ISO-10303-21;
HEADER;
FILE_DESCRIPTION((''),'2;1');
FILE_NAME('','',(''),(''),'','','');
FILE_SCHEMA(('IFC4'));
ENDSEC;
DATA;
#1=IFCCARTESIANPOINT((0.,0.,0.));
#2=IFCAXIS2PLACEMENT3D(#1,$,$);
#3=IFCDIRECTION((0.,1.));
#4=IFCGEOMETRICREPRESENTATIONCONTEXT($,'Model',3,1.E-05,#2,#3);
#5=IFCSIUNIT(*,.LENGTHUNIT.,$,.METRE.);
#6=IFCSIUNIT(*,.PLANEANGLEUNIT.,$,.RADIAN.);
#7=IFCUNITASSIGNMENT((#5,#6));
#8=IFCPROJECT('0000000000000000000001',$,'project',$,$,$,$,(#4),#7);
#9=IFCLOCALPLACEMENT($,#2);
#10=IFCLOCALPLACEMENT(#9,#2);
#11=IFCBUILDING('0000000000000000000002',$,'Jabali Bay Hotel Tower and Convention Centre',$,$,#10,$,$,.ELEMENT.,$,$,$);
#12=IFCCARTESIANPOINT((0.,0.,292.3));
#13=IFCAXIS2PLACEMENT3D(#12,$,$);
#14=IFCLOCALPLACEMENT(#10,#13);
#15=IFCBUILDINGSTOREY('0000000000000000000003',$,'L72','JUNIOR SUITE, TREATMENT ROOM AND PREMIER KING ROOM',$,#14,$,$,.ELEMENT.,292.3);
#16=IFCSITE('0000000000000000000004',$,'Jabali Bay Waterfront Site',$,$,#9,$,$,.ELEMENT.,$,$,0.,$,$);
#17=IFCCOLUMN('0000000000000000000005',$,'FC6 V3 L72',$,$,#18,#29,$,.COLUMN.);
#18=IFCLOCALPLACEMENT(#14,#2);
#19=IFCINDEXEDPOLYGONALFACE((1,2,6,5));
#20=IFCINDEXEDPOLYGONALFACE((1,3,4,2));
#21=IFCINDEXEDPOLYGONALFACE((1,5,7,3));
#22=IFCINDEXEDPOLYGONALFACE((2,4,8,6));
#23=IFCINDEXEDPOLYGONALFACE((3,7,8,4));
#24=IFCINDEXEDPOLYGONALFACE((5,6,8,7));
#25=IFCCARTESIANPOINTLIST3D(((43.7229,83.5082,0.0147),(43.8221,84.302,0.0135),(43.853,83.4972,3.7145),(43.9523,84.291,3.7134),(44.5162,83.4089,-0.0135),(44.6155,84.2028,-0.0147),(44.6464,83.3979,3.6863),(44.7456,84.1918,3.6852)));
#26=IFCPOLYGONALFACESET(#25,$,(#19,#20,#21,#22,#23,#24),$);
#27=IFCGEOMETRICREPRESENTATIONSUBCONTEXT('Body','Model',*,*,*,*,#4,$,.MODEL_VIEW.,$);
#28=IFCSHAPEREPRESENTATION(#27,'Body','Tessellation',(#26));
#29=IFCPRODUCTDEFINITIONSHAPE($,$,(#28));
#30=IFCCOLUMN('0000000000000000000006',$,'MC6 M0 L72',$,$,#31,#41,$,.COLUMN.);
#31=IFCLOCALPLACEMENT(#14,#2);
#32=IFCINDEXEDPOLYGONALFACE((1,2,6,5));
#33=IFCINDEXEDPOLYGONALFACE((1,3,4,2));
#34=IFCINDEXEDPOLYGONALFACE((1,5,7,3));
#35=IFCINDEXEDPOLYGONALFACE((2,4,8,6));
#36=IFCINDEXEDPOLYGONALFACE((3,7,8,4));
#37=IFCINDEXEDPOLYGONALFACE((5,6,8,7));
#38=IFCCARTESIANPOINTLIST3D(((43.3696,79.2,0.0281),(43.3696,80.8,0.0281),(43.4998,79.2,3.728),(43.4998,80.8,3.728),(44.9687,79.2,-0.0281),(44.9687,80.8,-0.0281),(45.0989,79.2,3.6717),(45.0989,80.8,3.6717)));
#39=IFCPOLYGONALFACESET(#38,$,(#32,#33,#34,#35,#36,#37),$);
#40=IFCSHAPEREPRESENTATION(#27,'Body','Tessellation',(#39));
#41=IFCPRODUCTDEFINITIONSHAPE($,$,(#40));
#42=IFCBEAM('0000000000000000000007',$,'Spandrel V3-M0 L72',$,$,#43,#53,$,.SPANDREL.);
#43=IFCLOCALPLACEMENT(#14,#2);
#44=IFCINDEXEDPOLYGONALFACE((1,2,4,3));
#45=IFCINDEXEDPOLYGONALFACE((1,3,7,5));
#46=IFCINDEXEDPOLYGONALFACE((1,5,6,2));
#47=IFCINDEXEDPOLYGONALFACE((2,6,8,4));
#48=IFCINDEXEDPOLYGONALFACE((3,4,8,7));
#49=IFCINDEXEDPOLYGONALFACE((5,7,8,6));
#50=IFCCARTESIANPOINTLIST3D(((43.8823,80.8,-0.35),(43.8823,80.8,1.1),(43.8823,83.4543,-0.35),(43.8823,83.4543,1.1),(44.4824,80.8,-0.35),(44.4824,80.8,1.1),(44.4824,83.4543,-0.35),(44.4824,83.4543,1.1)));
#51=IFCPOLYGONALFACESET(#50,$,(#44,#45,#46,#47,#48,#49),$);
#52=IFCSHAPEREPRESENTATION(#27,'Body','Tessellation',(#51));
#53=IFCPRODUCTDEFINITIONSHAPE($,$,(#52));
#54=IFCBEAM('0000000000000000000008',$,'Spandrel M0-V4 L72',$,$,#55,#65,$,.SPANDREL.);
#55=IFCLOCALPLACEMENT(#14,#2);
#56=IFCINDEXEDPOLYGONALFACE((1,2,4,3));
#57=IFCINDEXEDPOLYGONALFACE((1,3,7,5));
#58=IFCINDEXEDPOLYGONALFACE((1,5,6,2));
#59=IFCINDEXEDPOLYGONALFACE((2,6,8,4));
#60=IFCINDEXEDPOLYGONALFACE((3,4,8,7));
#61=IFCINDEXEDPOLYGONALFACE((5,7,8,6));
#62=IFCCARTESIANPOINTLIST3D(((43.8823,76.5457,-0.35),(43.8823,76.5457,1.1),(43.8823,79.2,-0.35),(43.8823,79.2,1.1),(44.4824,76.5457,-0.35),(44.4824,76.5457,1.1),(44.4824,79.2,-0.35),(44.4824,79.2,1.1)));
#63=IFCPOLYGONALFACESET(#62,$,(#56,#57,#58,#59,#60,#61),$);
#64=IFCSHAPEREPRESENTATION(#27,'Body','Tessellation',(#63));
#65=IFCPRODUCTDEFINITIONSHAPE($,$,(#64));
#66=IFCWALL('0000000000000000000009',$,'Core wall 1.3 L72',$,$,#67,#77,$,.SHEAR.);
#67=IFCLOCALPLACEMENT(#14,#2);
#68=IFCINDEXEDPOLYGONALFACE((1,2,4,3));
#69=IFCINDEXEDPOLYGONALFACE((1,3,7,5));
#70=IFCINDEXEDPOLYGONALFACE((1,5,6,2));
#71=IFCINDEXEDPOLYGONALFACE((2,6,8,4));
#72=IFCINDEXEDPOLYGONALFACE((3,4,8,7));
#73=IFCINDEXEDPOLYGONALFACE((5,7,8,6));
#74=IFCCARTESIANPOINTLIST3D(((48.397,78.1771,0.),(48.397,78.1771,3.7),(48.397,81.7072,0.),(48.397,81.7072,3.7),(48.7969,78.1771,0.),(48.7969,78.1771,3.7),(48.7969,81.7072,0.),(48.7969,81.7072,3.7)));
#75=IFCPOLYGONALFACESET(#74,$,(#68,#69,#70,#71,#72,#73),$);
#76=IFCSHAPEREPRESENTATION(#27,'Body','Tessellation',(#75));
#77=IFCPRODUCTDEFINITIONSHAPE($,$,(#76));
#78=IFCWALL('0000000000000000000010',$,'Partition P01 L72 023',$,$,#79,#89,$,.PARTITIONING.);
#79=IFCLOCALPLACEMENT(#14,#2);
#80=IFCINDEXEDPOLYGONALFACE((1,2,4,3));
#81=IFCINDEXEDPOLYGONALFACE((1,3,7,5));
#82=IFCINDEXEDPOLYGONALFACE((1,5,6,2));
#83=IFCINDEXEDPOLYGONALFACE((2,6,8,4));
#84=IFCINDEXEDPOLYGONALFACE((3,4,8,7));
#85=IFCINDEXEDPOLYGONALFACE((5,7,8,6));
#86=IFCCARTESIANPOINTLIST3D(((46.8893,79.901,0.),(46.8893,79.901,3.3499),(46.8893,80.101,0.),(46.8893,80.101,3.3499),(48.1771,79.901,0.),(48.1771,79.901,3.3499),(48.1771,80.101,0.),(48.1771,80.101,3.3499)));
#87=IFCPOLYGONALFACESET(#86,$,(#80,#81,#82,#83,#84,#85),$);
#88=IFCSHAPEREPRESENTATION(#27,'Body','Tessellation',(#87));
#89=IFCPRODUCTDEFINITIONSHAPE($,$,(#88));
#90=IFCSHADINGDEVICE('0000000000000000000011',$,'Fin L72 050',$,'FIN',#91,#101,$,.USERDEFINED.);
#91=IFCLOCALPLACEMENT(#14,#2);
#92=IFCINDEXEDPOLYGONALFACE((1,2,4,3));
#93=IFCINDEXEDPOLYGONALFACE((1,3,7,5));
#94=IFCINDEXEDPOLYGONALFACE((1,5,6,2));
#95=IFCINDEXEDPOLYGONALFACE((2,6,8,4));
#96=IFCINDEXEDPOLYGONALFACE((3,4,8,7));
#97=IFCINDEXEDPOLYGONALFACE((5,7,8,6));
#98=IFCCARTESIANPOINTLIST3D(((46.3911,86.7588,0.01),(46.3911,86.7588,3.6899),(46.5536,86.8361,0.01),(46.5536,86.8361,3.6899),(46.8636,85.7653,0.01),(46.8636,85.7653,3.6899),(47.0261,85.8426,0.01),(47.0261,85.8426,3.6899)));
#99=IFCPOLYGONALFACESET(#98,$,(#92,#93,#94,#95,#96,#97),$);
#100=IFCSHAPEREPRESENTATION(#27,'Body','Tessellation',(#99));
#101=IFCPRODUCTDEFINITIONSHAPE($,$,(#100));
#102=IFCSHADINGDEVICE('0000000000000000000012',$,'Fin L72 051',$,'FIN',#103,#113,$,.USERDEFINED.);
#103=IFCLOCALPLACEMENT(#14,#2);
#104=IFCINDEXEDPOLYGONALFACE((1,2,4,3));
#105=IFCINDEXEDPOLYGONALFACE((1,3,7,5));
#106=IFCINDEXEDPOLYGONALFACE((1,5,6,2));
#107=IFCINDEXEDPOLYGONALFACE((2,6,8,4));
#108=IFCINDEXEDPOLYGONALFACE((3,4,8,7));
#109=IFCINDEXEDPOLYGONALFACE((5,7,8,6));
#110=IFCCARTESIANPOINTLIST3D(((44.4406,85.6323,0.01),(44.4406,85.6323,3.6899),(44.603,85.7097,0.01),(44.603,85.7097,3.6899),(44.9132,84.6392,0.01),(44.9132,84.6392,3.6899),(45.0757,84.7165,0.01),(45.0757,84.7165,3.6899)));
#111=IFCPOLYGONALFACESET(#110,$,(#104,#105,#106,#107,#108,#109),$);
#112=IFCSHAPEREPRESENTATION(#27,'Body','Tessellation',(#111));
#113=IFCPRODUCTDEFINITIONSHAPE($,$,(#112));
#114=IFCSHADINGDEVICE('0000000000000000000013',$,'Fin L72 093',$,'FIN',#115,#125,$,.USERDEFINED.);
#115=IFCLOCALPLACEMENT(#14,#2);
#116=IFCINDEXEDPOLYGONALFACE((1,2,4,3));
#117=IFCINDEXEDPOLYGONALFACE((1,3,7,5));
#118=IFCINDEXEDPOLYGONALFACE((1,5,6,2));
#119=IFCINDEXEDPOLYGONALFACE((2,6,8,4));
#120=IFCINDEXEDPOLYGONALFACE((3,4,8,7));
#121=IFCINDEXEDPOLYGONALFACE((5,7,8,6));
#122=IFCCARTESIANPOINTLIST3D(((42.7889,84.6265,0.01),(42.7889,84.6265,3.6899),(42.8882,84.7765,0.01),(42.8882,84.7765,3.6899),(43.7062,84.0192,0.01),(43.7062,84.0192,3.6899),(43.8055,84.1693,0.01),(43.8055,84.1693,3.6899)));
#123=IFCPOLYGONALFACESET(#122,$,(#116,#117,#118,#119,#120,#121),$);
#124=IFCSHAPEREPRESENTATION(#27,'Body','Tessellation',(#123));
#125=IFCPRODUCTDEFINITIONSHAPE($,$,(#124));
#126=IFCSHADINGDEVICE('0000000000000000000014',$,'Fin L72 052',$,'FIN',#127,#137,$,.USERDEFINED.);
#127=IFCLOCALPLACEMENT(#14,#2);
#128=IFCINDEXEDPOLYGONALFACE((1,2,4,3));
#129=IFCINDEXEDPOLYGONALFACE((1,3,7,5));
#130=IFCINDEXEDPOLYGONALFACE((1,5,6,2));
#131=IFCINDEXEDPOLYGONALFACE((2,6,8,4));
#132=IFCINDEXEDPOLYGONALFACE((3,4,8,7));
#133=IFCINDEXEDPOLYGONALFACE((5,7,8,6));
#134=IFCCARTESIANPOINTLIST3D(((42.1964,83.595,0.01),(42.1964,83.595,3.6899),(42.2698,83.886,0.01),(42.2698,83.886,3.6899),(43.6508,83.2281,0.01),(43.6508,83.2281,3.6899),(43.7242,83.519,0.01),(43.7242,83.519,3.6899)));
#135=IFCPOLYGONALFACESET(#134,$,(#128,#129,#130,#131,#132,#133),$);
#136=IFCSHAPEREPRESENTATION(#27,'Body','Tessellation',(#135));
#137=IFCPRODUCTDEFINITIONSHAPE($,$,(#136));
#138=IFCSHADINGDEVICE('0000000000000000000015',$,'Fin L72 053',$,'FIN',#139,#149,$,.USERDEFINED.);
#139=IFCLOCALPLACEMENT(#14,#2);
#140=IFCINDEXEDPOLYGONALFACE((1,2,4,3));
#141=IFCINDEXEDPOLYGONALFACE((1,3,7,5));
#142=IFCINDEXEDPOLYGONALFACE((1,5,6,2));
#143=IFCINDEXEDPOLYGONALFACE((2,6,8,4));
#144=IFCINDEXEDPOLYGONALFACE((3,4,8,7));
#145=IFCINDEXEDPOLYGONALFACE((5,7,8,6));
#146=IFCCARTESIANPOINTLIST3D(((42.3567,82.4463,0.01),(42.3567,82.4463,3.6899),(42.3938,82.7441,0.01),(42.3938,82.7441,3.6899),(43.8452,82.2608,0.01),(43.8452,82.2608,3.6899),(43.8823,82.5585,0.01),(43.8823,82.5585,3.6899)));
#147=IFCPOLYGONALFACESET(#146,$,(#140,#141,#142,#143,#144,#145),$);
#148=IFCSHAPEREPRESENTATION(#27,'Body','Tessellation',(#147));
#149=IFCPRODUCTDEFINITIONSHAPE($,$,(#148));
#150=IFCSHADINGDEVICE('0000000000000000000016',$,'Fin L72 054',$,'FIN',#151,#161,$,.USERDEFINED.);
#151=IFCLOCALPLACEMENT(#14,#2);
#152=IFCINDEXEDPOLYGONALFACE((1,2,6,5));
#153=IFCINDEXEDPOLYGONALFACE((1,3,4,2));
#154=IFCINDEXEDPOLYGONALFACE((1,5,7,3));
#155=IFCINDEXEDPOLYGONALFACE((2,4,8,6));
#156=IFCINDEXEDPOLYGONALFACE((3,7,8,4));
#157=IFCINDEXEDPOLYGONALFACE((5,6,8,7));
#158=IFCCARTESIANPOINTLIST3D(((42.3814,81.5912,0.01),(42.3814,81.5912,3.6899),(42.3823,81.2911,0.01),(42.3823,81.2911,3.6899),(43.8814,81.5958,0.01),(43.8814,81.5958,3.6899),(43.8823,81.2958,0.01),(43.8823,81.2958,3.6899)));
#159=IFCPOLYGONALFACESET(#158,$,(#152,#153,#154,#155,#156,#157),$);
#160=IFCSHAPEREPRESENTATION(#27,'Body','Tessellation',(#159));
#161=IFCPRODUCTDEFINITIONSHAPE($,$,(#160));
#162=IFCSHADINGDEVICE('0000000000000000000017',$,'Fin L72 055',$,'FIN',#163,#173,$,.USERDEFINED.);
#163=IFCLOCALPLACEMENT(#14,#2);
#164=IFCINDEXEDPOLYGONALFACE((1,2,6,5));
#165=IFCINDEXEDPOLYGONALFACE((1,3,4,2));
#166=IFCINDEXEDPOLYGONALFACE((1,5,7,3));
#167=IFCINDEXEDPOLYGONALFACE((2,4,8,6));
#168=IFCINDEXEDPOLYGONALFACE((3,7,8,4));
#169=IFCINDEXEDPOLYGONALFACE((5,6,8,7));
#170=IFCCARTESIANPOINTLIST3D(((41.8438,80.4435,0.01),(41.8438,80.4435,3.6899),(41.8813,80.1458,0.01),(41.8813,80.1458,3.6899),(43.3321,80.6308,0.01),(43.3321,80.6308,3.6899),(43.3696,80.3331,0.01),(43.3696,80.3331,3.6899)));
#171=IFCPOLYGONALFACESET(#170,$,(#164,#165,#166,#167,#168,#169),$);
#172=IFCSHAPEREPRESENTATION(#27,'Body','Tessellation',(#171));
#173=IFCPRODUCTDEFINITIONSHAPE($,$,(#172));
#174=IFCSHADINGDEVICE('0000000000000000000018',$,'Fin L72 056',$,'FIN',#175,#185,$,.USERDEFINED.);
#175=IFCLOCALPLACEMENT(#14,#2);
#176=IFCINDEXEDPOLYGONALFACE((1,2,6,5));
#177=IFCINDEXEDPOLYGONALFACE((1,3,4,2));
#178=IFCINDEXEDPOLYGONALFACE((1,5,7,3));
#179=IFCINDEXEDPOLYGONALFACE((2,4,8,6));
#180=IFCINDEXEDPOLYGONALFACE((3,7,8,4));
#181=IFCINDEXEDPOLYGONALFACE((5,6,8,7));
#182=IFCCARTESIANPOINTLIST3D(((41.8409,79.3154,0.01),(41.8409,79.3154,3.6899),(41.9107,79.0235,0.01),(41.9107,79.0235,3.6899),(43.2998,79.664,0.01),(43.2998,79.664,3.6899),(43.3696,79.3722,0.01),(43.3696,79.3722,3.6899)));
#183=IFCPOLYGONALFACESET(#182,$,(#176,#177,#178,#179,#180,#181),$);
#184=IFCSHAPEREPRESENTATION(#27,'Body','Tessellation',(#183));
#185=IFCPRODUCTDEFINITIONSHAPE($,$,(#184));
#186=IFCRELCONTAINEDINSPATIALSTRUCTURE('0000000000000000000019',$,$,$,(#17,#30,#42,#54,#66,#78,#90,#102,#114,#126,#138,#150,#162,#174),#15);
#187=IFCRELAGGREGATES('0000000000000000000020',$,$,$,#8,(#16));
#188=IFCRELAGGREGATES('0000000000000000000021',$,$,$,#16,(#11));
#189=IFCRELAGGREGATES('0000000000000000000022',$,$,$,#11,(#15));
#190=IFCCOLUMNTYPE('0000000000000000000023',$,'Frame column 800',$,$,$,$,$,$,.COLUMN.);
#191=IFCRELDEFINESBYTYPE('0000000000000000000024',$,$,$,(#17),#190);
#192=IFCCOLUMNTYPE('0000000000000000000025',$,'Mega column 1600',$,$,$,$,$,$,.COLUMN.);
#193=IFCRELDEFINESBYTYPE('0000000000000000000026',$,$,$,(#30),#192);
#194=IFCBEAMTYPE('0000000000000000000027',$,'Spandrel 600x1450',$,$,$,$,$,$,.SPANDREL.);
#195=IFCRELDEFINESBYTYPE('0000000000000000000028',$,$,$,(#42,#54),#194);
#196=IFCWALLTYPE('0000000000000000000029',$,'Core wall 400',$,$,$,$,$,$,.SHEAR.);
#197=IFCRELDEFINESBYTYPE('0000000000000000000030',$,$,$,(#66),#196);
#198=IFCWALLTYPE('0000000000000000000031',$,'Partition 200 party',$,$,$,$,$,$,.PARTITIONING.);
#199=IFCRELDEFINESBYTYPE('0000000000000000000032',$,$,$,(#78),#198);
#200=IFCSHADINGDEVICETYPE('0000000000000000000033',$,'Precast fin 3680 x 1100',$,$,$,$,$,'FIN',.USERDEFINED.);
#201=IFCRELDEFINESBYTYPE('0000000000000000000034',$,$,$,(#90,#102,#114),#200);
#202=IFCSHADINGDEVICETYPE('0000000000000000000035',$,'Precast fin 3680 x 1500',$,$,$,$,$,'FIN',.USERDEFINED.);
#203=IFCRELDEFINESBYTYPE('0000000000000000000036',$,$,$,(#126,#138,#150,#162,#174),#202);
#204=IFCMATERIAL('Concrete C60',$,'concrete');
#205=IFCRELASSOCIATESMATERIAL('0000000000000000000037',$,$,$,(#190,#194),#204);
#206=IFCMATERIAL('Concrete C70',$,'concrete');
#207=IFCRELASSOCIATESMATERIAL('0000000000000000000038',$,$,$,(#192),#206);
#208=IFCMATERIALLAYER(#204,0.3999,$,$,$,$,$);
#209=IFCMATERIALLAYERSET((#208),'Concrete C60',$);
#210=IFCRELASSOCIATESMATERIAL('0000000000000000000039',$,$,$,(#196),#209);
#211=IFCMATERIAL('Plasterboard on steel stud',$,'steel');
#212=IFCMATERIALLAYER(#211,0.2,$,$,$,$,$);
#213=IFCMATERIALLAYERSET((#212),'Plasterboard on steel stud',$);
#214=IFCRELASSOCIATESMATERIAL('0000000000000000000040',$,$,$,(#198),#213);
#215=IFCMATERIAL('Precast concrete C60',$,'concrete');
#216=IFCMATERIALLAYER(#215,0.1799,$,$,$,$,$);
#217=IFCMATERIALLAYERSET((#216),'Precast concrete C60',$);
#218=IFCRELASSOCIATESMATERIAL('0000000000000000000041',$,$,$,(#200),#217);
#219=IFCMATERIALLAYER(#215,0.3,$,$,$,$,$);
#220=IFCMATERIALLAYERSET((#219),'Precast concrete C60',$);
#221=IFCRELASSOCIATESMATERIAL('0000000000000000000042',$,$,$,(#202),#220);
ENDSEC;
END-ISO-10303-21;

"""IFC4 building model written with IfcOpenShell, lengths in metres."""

from ifc_helpers import new_model, si_unit, direction, frame, frame_2d, origin, origin_2d, place, context, subcontext, project, spatial, rectangle, extrude, material, layer, layer_set, material_profile, profile_set, type_object, element, save


model = new_model("IFC4")

# Units and contexts
model_context = context("Model", 3, precision=1e-05, world=origin(), true_north=direction((0.0, 1.0)))
body_context = subcontext(model_context, "Body", "Model", "MODEL_VIEW")
ifc_project = project(units=[si_unit("LENGTHUNIT", "METRE"), si_unit("PLANEANGLEUNIT", "RADIAN")], contexts=[model_context])

# Site, building, storey
site_placement = place(None, origin())
site = spatial("IfcSite", under=ifc_project, at=site_placement, Name="Jabali Bay Waterfront Site", CompositionType="ELEMENT", RefElevation=0.0)
building_placement = place(site_placement, origin())
building = spatial("IfcBuilding", under=site, at=building_placement, Name="Jabali Bay Hotel Tower and Convention Centre", CompositionType="ELEMENT")
storey_placement = place(building_placement, frame((0.0, 0.0, 292.3)))
storey = spatial("IfcBuildingStorey", under=building, at=storey_placement, Name="L72", Description="JUNIOR SUITE, TREATMENT ROOM AND PREMIER KING ROOM", CompositionType="ELEMENT", Elevation=292.3)

# Columns
ifc_material_1 = material(Name="Concrete C60", Category="concrete")
ifc_material_profile_1 = material_profile(ifc_material_1, rectangle(XDim=0.8, YDim=0.8, at=origin_2d()), Name="Frame column 800")
ifc_profile_set_1 = profile_set([ifc_material_profile_1], Name="Concrete C60")
column_type_1 = type_object("IfcColumnType", Name="Frame column 800", PredefinedType="COLUMN", material=ifc_profile_set_1)
column_1_placement = place(storey_placement, frame((44.1692, 83.8555, 0.0), z_axis=(0.035148, -0.002967, 0.999378), x_axis=(-0.991651, 0.124037, 0.035245)))
element("IfcColumn", 1, at=column_1_placement, inside=storey, type_object=column_type_1, Name="FC6 V3 L72", PredefinedType="COLUMN", context=body_context, shape_type="SweptSolid", body=[
    extrude(rectangle(XDim=0.8, YDim=0.8, at=origin_2d()), origin(), (0.0, 0.0, 1.0), 3.7021),
])
ifc_material_2 = material(Name="Concrete C70", Category="concrete")
ifc_material_profile_2 = material_profile(ifc_material_2, rectangle(XDim=1.6001, YDim=1.6001, at=origin_2d()), Name="Mega column 1600")
ifc_profile_set_2 = profile_set([ifc_material_profile_2], Name="Concrete C70")
column_type_2 = type_object("IfcColumnType", Name="Mega column 1600", PredefinedType="COLUMN", material=ifc_profile_set_2)
column_2_placement = place(storey_placement, frame((44.1692, 80.0, 0.0), z_axis=(0.035148, 0.0, 0.999382), x_axis=(0.0, 1.0, 0.0)))
element("IfcColumn", 2, at=column_2_placement, inside=storey, type_object=column_type_2, Name="MC6 M0 L72", PredefinedType="COLUMN", context=body_context, shape_type="SweptSolid", body=[
    extrude(rectangle(XDim=1.6001, YDim=1.6001, at=origin_2d()), origin(), (0.0, 0.0, 1.0), 3.7021),
])

# Beams
ifc_material_profile_3 = material_profile(ifc_material_1, rectangle(XDim=0.6001, YDim=1.45, at=origin_2d()), Name="Spandrel 600x1450")
ifc_profile_set_3 = profile_set([ifc_material_profile_3], Name="Concrete C60")
beam_type = type_object("IfcBeamType", Name="Spandrel 600x1450", PredefinedType="SPANDREL", material=ifc_profile_set_3)
for number, where, z_axis, x_axis, name in (
    (3, (44.1824, 83.4543, 0.375), (0.0, -1.0, 0.0), (1.0, 0.0, 0.0), "Spandrel V3-M0 L72"),
    (4, (44.1824, 79.2, 0.375), (0.0, -1.0, 0.0), (1.0, 0.0, 0.0), "Spandrel M0-V4 L72"),
):
    element("IfcBeam", number, at=place(storey_placement, frame(where, z_axis=z_axis, x_axis=x_axis)), inside=storey, type_object=beam_type, Name=name, PredefinedType="SPANDREL", context=body_context, shape_type="SweptSolid", body=[
        extrude(rectangle(XDim=0.6001, YDim=1.45, at=origin_2d()), origin(), (0.0, 0.0, 1.0), 2.6543),
    ])

# Wall
ifc_layer_1 = layer(ifc_material_1, 0.3999)
ifc_layer_set_1 = layer_set([ifc_layer_1], Name="Concrete C60")
wall_type_1 = type_object("IfcWallType", Name="Core wall 400", PredefinedType="SHEAR", material=ifc_layer_set_1)
wall_1_placement = place(storey_placement, frame((48.5969, 81.7073, 0.0), z_axis=(0.0, 0.0, 1.0), x_axis=(0.0, -1.0, 0.0)))
element("IfcWall", 5, at=wall_1_placement, inside=storey, type_object=wall_type_1, Name="Core wall 1.3 L72", PredefinedType="SHEAR", context=body_context, shape_type="SweptSolid", body=[
    extrude(rectangle(XDim=3.53, YDim=0.3999, at=frame_2d((1.7651, 0.0))), origin(), (0.0, 0.0, 1.0), 3.7),
])

# Wall
ifc_material_3 = material(Name="Plasterboard on steel stud", Category="steel")
ifc_layer_2 = layer(ifc_material_3, 0.2)
ifc_layer_set_2 = layer_set([ifc_layer_2], Name="Plasterboard on steel stud")
wall_type_2 = type_object("IfcWallType", Name="Partition 200 party", PredefinedType="PARTITIONING", material=ifc_layer_set_2)
wall_2_placement = place(storey_placement, frame((46.8892, 80.001, 0.0), z_axis=(0.0, 0.0, 1.0), x_axis=(1.0, 0.0, 0.0)))
element("IfcWall", 6, at=wall_2_placement, inside=storey, type_object=wall_type_2, Name="Partition P01 L72 023", PredefinedType="PARTITIONING", context=body_context, shape_type="SweptSolid", body=[
    extrude(rectangle(XDim=1.2878, YDim=0.2, at=frame_2d((0.644, 0.0))), origin(), (0.0, 0.0, 1.0), 3.3499),
])

# Shading devices
ifc_material_4 = material(Name="Precast concrete C60", Category="concrete")
ifc_layer_3 = layer(ifc_material_4, 0.1799)
ifc_layer_set_3 = layer_set([ifc_layer_3], Name="Precast concrete C60")
shading_device_type_1 = type_object("IfcShadingDeviceType", Name="Precast fin 3680 x 1100", ElementType="FIN", PredefinedType="USERDEFINED", material=ifc_layer_set_3)
shading_device_1_placement = place(storey_placement, frame((46.9448, 85.804, 0.01), z_axis=(0.0, 0.0, 1.0), x_axis=(-0.42946, 0.903086, 0.0)))
element("IfcShadingDevice", 7, at=shading_device_1_placement, inside=storey, type_object=shading_device_type_1, Name="Fin L72 050", ObjectType="FIN", PredefinedType="USERDEFINED", context=body_context, shape_type="SweptSolid", body=[
    extrude(rectangle(XDim=1.1001, YDim=0.1799, at=frame_2d((0.55, 0.0))), origin(), (0.0, 0.0, 1.0), 3.6799),
])
shading_device_2_placement = place(storey_placement, frame((44.9944, 84.678, 0.01), z_axis=(0.0, 0.0, 1.0), x_axis=(-0.429727, 0.902959, 0.0)))
element("IfcShadingDevice", 8, at=shading_device_2_placement, inside=storey, type_object=shading_device_type_1, Name="Fin L72 051", ObjectType="FIN", PredefinedType="USERDEFINED", context=body_context, shape_type="SweptSolid", body=[
    extrude(rectangle(XDim=1.0999, YDim=0.1799, at=frame_2d((0.5498, 0.0))), origin(), (0.0, 0.0, 1.0), 3.6799),
])
shading_device_3_placement = place(storey_placement, frame((43.7559, 84.0942, 0.01), z_axis=(0.0, 0.0, 1.0), x_axis=(-0.833856, 0.551983, 0.0)))
element("IfcShadingDevice", 9, at=shading_device_3_placement, inside=storey, type_object=shading_device_type_1, Name="Fin L72 093", ObjectType="FIN", PredefinedType="USERDEFINED", context=body_context, shape_type="SweptSolid", body=[
    extrude(rectangle(XDim=1.1001, YDim=0.1799, at=frame_2d((0.55, 0.0))), origin(), (0.0, 0.0, 1.0), 3.6799),
])
ifc_layer_4 = layer(ifc_material_4, 0.3)
ifc_layer_set_4 = layer_set([ifc_layer_4], Name="Precast concrete C60")
shading_device_type_2 = type_object("IfcShadingDeviceType", Name="Precast fin 3680 x 1500", ElementType="FIN", PredefinedType="USERDEFINED", material=ifc_layer_set_4)
for number, where, z_axis, x_axis, name in (
    (10, (43.6875, 83.3735, 0.01), (0.0, 0.0, 1.0), (-0.969614, 0.244641, 0.0), "Fin L72 052"),
    (11, (43.8638, 82.4097, 0.01), (0.0, 0.0, 1.0), (-0.99232, 0.123694, 0.0), "Fin L72 053"),
    (12, (43.8818, 81.4458, 0.01), (0.0, 0.0, 1.0), (-0.999995, -0.003092, 0.0), "Fin L72 054"),
    (13, (43.3508, 80.4819, 0.01), (0.0, 0.0, 1.0), (-0.992177, -0.124836, 0.0), "Fin L72 055"),
    (14, (43.3347, 79.5181, 0.01), (0.0, 0.0, 1.0), (-0.972617, -0.232413, 0.0), "Fin L72 056"),
):
    element("IfcShadingDevice", number, at=place(storey_placement, frame(where, z_axis=z_axis, x_axis=x_axis)), inside=storey, type_object=shading_device_type_2, Name=name, ObjectType="FIN", PredefinedType="USERDEFINED", context=body_context, shape_type="SweptSolid", body=[
        extrude(rectangle(XDim=1.5, YDim=0.3, at=frame_2d((0.75, 0.0))), origin(), (0.0, 0.0, 1.0), 3.6799),
    ])

save(model, "model.ifc")
